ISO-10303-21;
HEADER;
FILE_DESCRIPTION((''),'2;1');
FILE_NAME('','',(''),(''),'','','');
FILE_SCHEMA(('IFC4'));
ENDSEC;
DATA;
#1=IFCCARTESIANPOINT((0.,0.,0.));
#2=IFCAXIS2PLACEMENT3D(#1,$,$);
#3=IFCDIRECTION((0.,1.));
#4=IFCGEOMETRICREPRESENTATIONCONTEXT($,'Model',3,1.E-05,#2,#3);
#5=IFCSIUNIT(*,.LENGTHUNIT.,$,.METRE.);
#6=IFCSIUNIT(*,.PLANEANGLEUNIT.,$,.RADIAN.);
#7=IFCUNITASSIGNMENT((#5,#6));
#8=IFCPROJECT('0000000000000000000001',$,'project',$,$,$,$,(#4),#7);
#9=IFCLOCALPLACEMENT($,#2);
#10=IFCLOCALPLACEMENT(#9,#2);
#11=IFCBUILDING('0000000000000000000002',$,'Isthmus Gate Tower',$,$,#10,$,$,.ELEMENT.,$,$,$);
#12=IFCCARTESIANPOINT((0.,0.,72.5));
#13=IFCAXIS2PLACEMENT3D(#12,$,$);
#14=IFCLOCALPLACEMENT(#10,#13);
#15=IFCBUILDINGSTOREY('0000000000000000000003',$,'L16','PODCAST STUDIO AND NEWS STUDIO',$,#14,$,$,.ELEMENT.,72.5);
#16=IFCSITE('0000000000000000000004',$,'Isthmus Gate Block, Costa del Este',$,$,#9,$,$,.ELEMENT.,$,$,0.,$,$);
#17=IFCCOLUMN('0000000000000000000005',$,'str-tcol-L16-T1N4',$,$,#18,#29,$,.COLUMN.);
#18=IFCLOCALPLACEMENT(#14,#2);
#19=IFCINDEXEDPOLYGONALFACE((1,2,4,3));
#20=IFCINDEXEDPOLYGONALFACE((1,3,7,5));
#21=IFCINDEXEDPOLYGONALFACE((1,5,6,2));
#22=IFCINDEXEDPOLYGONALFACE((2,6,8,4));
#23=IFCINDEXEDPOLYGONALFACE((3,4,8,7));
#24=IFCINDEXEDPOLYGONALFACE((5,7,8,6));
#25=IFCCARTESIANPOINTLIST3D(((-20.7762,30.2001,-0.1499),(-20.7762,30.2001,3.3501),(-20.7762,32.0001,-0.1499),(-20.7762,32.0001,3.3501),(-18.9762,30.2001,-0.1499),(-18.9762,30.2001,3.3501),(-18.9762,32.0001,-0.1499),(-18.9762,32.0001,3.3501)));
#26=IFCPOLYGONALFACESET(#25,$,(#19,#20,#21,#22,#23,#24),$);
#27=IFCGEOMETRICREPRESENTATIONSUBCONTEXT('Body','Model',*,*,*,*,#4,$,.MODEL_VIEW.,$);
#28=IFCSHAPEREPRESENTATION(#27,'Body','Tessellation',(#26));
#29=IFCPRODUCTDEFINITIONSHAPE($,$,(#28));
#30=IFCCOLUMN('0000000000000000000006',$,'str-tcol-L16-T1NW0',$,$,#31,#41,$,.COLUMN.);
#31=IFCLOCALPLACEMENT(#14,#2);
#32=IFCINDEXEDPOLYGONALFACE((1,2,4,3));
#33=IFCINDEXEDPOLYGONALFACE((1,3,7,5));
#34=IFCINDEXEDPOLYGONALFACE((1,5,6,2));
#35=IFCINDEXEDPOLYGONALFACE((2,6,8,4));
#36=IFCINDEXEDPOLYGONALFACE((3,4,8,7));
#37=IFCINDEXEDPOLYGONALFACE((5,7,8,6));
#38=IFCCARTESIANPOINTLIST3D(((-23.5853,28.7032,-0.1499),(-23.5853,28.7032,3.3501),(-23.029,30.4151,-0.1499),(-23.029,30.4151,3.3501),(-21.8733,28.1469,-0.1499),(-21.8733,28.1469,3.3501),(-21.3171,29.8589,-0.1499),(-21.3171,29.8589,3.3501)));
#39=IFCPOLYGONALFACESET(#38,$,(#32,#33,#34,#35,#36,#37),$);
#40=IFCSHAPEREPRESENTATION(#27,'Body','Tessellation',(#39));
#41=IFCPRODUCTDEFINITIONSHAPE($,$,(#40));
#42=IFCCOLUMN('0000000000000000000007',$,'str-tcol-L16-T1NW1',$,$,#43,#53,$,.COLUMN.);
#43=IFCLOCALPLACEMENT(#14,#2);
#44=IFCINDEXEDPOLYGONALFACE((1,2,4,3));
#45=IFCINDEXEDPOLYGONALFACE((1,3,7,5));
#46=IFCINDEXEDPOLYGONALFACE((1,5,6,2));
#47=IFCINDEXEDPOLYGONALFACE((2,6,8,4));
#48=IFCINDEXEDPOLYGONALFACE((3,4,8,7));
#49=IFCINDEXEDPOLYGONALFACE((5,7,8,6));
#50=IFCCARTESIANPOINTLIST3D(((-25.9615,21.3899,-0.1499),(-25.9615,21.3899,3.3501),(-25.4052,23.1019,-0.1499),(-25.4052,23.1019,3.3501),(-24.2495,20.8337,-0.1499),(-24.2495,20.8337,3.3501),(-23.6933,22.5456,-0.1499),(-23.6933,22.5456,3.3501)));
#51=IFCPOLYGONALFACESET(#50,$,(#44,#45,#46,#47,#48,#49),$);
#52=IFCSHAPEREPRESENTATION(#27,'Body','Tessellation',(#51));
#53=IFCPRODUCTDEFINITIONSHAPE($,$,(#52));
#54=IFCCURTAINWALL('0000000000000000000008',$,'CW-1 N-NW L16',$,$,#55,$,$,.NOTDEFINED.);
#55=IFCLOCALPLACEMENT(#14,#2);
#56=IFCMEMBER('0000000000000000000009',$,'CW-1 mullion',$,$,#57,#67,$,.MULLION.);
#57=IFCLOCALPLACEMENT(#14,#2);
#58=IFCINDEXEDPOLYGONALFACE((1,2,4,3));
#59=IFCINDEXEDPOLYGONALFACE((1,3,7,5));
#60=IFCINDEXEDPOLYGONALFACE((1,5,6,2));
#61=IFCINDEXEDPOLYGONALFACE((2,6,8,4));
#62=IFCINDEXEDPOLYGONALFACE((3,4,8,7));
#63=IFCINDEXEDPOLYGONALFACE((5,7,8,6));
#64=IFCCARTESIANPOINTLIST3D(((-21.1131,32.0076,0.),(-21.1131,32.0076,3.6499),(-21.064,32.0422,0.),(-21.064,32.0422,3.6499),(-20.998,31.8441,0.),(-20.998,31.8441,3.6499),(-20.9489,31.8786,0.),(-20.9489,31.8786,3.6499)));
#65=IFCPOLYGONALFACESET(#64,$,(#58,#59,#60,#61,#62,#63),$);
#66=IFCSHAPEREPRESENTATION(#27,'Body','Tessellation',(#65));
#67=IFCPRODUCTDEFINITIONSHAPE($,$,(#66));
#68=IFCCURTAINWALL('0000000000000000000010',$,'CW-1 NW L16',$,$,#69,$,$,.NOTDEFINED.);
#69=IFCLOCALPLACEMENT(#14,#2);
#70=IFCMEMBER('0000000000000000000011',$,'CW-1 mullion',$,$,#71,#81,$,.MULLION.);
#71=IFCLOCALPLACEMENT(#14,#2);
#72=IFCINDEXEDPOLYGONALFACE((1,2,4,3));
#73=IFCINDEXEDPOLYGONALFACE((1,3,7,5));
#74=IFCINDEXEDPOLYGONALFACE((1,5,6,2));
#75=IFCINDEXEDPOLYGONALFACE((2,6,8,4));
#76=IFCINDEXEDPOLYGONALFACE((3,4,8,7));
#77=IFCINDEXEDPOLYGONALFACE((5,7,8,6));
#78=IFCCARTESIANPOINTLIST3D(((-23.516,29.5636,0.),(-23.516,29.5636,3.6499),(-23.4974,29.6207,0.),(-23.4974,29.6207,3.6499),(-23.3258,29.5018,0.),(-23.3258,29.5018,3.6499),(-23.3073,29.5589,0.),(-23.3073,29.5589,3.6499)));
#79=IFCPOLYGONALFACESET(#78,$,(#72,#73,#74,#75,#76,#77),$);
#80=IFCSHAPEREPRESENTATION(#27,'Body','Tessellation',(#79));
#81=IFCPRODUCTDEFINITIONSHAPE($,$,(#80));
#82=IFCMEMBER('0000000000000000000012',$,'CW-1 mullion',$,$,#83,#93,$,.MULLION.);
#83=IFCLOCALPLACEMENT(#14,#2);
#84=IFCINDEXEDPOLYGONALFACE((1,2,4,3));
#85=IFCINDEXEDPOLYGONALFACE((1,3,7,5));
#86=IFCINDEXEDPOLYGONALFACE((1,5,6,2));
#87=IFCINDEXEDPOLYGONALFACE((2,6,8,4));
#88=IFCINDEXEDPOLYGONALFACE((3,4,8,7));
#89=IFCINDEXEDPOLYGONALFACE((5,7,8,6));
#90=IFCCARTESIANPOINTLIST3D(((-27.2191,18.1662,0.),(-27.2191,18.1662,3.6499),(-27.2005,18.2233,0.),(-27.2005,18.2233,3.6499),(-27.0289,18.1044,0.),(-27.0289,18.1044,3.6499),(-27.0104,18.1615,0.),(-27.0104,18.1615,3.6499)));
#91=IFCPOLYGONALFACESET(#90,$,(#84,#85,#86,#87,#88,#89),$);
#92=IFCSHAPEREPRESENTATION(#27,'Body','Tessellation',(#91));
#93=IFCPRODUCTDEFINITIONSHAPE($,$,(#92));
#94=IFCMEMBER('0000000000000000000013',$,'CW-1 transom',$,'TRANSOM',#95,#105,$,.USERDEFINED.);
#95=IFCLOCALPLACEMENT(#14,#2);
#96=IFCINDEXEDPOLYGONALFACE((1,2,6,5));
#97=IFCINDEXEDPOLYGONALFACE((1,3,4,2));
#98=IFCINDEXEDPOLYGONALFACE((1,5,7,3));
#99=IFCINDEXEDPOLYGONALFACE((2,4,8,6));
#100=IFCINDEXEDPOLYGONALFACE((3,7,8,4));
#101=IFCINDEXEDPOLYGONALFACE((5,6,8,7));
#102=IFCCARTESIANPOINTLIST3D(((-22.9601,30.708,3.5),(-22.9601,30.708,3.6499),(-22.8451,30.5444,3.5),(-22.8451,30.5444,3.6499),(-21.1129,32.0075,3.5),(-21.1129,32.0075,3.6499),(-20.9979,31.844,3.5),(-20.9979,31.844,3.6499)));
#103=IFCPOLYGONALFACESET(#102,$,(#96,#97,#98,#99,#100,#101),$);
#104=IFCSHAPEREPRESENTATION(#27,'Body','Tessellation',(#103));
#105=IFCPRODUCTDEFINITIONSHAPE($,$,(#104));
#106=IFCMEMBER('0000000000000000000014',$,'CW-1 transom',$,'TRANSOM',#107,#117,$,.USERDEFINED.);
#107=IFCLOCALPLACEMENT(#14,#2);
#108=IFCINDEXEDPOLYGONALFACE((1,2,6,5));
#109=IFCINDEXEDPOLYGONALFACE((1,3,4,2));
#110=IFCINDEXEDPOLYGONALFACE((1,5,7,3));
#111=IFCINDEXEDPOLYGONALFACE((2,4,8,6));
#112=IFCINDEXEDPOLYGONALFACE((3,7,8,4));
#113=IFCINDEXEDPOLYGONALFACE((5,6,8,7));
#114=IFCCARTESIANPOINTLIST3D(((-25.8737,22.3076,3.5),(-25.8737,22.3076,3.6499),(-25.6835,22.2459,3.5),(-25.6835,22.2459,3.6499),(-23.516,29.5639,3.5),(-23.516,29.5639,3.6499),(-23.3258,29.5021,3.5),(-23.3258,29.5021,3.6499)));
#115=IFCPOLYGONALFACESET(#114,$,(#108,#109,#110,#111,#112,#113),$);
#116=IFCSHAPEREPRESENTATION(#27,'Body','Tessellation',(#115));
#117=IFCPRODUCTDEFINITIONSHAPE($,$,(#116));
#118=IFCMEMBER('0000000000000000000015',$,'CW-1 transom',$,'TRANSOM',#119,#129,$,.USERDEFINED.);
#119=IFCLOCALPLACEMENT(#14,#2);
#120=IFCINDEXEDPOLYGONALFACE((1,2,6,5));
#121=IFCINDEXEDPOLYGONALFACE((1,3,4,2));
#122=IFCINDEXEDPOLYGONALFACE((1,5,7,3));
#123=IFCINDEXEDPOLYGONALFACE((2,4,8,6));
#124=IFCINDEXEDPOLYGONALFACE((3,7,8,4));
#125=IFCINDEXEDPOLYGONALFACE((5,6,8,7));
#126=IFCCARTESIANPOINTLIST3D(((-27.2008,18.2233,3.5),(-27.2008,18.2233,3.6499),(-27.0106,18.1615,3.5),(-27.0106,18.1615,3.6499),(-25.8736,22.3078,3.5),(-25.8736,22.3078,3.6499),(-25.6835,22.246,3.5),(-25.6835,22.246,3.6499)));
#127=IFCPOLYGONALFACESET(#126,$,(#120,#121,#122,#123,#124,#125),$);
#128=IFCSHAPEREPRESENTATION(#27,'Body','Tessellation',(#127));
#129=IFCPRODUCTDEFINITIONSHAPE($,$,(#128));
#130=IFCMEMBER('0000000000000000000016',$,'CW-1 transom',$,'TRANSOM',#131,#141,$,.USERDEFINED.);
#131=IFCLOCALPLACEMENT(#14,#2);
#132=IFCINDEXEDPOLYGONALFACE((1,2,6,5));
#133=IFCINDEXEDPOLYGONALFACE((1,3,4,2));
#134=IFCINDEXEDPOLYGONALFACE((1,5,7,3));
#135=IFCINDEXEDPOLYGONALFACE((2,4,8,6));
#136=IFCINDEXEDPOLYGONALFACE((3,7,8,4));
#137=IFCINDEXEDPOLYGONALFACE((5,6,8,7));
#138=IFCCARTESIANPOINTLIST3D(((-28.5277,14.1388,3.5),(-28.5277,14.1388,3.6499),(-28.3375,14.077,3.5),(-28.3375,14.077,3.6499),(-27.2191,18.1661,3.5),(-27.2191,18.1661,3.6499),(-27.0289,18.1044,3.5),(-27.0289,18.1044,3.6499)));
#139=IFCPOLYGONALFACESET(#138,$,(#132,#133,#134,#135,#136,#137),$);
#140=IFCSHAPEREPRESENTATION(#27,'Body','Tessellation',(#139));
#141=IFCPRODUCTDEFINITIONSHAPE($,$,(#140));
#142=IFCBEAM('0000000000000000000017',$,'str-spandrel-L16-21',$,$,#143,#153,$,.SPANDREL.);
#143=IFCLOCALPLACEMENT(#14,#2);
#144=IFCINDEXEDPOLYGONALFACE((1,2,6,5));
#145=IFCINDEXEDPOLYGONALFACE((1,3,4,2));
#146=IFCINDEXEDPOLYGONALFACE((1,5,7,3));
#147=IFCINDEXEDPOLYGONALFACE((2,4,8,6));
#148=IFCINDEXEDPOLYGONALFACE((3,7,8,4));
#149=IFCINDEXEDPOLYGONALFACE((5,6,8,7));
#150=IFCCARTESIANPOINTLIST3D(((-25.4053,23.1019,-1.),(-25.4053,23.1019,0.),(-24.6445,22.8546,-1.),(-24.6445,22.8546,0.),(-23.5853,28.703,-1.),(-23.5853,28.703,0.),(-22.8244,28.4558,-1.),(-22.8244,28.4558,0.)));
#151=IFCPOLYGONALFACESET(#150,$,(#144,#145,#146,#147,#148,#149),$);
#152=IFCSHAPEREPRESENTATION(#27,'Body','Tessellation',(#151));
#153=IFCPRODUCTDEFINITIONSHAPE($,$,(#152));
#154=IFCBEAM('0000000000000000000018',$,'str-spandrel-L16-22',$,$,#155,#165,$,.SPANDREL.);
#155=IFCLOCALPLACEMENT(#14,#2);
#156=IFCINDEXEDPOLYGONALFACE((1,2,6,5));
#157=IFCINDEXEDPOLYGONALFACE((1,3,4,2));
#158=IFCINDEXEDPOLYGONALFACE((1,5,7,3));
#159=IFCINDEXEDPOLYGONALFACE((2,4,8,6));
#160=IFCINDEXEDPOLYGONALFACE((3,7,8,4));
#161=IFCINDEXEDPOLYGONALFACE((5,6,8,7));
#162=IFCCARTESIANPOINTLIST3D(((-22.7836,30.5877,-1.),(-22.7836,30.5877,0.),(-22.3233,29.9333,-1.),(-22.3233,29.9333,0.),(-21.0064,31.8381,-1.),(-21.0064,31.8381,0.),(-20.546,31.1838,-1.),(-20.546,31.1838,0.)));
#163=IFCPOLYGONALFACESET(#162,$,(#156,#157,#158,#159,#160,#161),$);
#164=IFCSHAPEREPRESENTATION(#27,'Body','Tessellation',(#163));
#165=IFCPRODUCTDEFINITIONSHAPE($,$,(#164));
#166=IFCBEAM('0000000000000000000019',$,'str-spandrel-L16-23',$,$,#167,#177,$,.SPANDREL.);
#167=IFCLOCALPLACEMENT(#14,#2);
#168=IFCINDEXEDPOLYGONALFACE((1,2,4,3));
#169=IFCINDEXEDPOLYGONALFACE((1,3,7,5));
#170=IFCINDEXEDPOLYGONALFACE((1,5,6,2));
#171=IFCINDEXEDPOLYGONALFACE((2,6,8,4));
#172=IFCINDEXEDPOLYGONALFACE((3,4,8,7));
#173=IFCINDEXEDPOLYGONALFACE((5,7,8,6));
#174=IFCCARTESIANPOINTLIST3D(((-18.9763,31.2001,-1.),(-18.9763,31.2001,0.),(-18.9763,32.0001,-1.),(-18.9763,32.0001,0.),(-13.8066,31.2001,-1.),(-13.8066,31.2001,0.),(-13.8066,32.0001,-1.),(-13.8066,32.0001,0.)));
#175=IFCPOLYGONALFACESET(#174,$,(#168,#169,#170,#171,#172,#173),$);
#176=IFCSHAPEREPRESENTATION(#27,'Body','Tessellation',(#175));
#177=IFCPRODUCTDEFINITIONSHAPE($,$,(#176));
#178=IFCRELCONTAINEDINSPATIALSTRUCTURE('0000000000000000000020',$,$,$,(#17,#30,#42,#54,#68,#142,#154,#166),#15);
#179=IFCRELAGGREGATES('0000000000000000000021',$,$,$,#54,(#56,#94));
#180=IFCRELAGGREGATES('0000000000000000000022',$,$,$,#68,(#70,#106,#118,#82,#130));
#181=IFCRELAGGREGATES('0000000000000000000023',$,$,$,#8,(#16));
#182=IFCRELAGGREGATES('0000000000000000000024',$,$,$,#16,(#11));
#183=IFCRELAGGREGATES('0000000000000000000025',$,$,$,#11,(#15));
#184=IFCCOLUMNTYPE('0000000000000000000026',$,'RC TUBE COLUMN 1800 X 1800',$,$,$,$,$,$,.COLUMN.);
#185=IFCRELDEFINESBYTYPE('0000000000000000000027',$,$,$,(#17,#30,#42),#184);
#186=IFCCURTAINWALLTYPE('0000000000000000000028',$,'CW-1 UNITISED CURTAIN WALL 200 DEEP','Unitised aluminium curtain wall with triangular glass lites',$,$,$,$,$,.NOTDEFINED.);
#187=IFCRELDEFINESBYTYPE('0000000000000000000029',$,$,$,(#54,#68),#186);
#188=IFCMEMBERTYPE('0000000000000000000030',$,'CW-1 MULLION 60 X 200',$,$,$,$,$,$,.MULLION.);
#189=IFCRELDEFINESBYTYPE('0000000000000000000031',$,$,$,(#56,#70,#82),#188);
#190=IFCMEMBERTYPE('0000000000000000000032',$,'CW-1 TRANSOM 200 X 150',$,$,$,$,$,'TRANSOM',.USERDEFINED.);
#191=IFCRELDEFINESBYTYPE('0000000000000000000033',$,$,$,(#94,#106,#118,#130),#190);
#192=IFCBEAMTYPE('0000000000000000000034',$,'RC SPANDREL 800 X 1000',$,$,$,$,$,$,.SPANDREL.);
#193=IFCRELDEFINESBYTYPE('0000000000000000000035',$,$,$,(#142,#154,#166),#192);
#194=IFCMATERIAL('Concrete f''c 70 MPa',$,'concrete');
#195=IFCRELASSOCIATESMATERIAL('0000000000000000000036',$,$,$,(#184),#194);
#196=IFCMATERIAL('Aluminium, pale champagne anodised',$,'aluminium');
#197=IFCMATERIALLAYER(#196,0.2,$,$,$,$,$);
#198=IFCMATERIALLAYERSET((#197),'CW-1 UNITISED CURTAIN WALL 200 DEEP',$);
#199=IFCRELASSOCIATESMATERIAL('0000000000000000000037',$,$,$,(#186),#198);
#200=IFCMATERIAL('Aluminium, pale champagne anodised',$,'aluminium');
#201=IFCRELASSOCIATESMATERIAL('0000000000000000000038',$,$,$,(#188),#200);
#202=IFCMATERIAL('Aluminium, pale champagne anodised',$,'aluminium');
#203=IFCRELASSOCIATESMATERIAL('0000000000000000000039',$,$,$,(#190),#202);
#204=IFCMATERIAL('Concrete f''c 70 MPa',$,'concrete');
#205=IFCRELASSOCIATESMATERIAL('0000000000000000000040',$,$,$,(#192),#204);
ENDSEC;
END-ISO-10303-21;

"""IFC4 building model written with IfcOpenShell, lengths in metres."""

from ifc_helpers import new_model, si_unit, direction, frame, origin, origin_2d, place, context, subcontext, project, spatial, rectangle, extrude, material, layer, layer_set, material_profile, profile_set, type_object, element, aggregate, save


model = new_model("IFC4")

# Units and contexts
model_context = context("Model", 3, precision=1e-05, world=origin(), true_north=direction((0.0, 1.0)))
body_context = subcontext(model_context, "Body", "Model", "MODEL_VIEW")
ifc_project = project(units=[si_unit("LENGTHUNIT", "METRE"), si_unit("PLANEANGLEUNIT", "RADIAN")], contexts=[model_context])

# Site, building, storey
site_placement = place(None, origin())
site = spatial("IfcSite", under=ifc_project, at=site_placement, Name="Isthmus Gate Block, Costa del Este", CompositionType="ELEMENT", RefElevation=0.0)
building_placement = place(site_placement, origin())
building = spatial("IfcBuilding", under=site, at=building_placement, Name="Isthmus Gate Tower", CompositionType="ELEMENT")
storey_placement = place(building_placement, frame((0.0, 0.0, 72.5)))
storey = spatial("IfcBuildingStorey", under=building, at=storey_placement, Name="L16", Description="PODCAST STUDIO AND NEWS STUDIO", CompositionType="ELEMENT", Elevation=72.5)

# Columns
ifc_material_1 = material(Name="Concrete f'c 70 MPa", Category="concrete")
ifc_material_profile_1 = material_profile(ifc_material_1, rectangle(XDim=1.8, YDim=1.8, at=origin_2d()), Name="RC 1800X1800")
ifc_profile_set_1 = profile_set([ifc_material_profile_1], Name="Concrete f'c 70 MPa")
column_type = type_object("IfcColumnType", Name="RC TUBE COLUMN 1800 X 1800", PredefinedType="COLUMN", material=ifc_profile_set_1)
for number, where, z_axis, x_axis, name in (
    (1, (-19.8762, 31.1001, -0.1499), (0.0, 0.0, 1.0), (-1.0, 0.0, 0.0), "str-tcol-L16-T1N4"),
    (2, (-22.4512, 29.281, -0.1499), (0.0, 0.0, 1.0), (-0.309017, -0.951057, 0.0), "str-tcol-L16-T1NW0"),
    (3, (-24.8274, 21.9678, -0.1499), (0.0, 0.0, 1.0), (-0.309017, -0.951057, 0.0), "str-tcol-L16-T1NW1"),
):
    element("IfcColumn", number, at=place(storey_placement, frame(where, z_axis=z_axis, x_axis=x_axis)), inside=storey, type_object=column_type, Name=name, PredefinedType="COLUMN", context=body_context, shape_type="SweptSolid", body=[
        extrude(rectangle(XDim=1.8, YDim=1.8, at=origin_2d()), origin(), (0.0, 0.0, 1.0), 3.5),
    ])

# Curtain wall, member
ifc_material_2 = material(Name="Aluminium, pale champagne anodised", Category="aluminium")
ifc_layer_1 = layer(ifc_material_2, 0.2)
ifc_layer_set_1 = layer_set([ifc_layer_1], Name="CW-1 UNITISED CURTAIN WALL 200 DEEP")
curtain_wall_type = type_object("IfcCurtainWallType", Name="CW-1 UNITISED CURTAIN WALL 200 DEEP", Description="Unitised aluminium curtain wall with triangular glass lites", PredefinedType="NOTDEFINED", material=ifc_layer_set_1)
curtain_wall_1_placement = place(storey_placement, origin())
curtain_wall_1 = element("IfcCurtainWall", 4, at=curtain_wall_1_placement, inside=storey, type_object=curtain_wall_type, Name="CW-1 N-NW L16", PredefinedType="NOTDEFINED")
ifc_material_3 = material(Name="Aluminium, pale champagne anodised", Category="aluminium")
ifc_material_profile_2 = material_profile(ifc_material_3, rectangle(XDim=0.0601, YDim=0.2, at=origin_2d()), Name="60x200")
ifc_profile_set_2 = profile_set([ifc_material_profile_2], Name="Aluminium, pale champagne anodised")
member_type_1 = type_object("IfcMemberType", Name="CW-1 MULLION 60 X 200", PredefinedType="MULLION", material=ifc_profile_set_2)
member_1_placement = place(storey_placement, frame((-21.031, 31.9431, 0.0), z_axis=(0.0, 0.0, 1.0), x_axis=(-0.81786, -0.575418, 0.0)))
member_1 = element("IfcMember", 5, at=member_1_placement, type_object=member_type_1, Name="CW-1 mullion", PredefinedType="MULLION", context=body_context, shape_type="SweptSolid", body=[
    extrude(rectangle(XDim=0.0601, YDim=0.2, at=origin_2d()), origin(), (0.0, 0.0, 1.0), 3.6499),
])

# Curtain wall, members
curtain_wall_2_placement = place(storey_placement, origin())
curtain_wall_2 = element("IfcCurtainWall", 6, at=curtain_wall_2_placement, inside=storey, type_object=curtain_wall_type, Name="CW-1 NW L16", PredefinedType="NOTDEFINED")
member_2_placement = place(storey_placement, frame((-23.4116, 29.5613, 0.0), z_axis=(0.0, 0.0, 1.0), x_axis=(-0.309017, -0.951057, 0.0)))
member_2 = element("IfcMember", 7, at=member_2_placement, type_object=member_type_1, Name="CW-1 mullion", PredefinedType="MULLION", context=body_context, shape_type="SweptSolid", body=[
    extrude(rectangle(XDim=0.0601, YDim=0.2, at=origin_2d()), origin(), (0.0, 0.0, 1.0), 3.6499),
])
member_3_placement = place(storey_placement, frame((-27.1147, 18.1638, 0.0), z_axis=(0.0, 0.0, 1.0), x_axis=(-0.309017, -0.951057, 0.0)))
member_3 = element("IfcMember", 8, at=member_3_placement, type_object=member_type_1, Name="CW-1 mullion", PredefinedType="MULLION", context=body_context, shape_type="SweptSolid", body=[
    extrude(rectangle(XDim=0.0601, YDim=0.2, at=origin_2d()), origin(), (0.0, 0.0, 1.0), 3.6499),
])

# Members
ifc_material_4 = material(Name="Aluminium, pale champagne anodised", Category="aluminium")
ifc_material_profile_3 = material_profile(ifc_material_4, rectangle(XDim=0.2, YDim=0.1499, at=origin_2d()), Name="200x150")
ifc_profile_set_3 = profile_set([ifc_material_profile_3], Name="Aluminium, pale champagne anodised")
member_type_2 = type_object("IfcMemberType", Name="CW-1 TRANSOM 200 X 150", ElementType="TRANSOM", PredefinedType="USERDEFINED", material=ifc_profile_set_3)
member_4_placement = place(storey_placement, frame((-21.0554, 31.9258, 3.575), z_axis=(-0.817869, -0.575405, 0.0), x_axis=(0.575405, -0.817869, 0.0)))
member_4 = element("IfcMember", 9, at=member_4_placement, type_object=member_type_2, Name="CW-1 transom", ObjectType="TRANSOM", PredefinedType="USERDEFINED", context=body_context, shape_type="SweptSolid", body=[
    extrude(rectangle(XDim=0.2, YDim=0.1499, at=origin_2d()), origin(), (0.0, 0.0, 1.0), 2.2585),
])
member_5_placement = place(storey_placement, frame((-23.4209, 29.533, 3.575), z_axis=(-0.309019, -0.951056, 0.0), x_axis=(0.951056, -0.309019, 0.0)))
member_5 = element("IfcMember", 10, at=member_5_placement, type_object=member_type_2, Name="CW-1 transom", ObjectType="TRANSOM", PredefinedType="USERDEFINED", context=body_context, shape_type="SweptSolid", body=[
    extrude(rectangle(XDim=0.2, YDim=0.1499, at=origin_2d()), origin(), (0.0, 0.0, 1.0), 7.6296),
])
member_6_placement = place(storey_placement, frame((-25.7786, 22.2769, 3.575), z_axis=(-0.309022, -0.951055, 0.0), x_axis=(0.951055, -0.309022, 0.0)))
member_6 = element("IfcMember", 11, at=member_6_placement, type_object=member_type_2, Name="CW-1 transom", ObjectType="TRANSOM", PredefinedType="USERDEFINED", context=body_context, shape_type="SweptSolid", body=[
    extrude(rectangle(XDim=0.2, YDim=0.1499, at=origin_2d()), origin(), (0.0, 0.0, 1.0), 4.2947),
])
member_7_placement = place(storey_placement, frame((-27.124, 18.1353, 3.575), z_axis=(-0.309023, -0.951054, 0.0), x_axis=(0.951054, -0.309023, 0.0)))
member_7 = element("IfcMember", 12, at=member_7_placement, type_object=member_type_2, Name="CW-1 transom", ObjectType="TRANSOM", PredefinedType="USERDEFINED", context=body_context, shape_type="SweptSolid", body=[
    extrude(rectangle(XDim=0.2, YDim=0.1499, at=origin_2d()), origin(), (0.0, 0.0, 1.0), 4.2346),
])

# Beams
ifc_material_5 = material(Name="Concrete f'c 70 MPa", Category="concrete")
ifc_material_profile_4 = material_profile(ifc_material_5, rectangle(XDim=0.8, YDim=1.0, at=origin_2d()), Name="RC 800X1000")
ifc_profile_set_4 = profile_set([ifc_material_profile_4], Name="Concrete f'c 70 MPa")
beam_type_1 = type_object("IfcBeamType", Name="RC SPANDREL 800 X 1000", PredefinedType="SPANDREL", material=ifc_profile_set_4)
beam_1_placement = place(storey_placement, frame((-25.0249, 22.9783, -0.5), z_axis=(0.309043, 0.951048, 0.0), x_axis=(-0.951048, 0.309043, 0.0)))
element("IfcBeam", 13, at=beam_1_placement, inside=storey, type_object=beam_type_1, Name="str-spandrel-L16-21", PredefinedType="SPANDREL", context=body_context, shape_type="SweptSolid", body=[
    extrude(rectangle(XDim=0.8, YDim=1.0, at=origin_2d()), origin(), (0.0, 0.0, 1.0), 5.8894),
])
beam_2_placement = place(storey_placement, frame((-22.5535, 30.2605, -0.5), z_axis=(0.817857, 0.575421, 0.0), x_axis=(-0.575421, 0.817857, 0.0)))
element("IfcBeam", 14, at=beam_2_placement, inside=storey, type_object=beam_type_1, Name="str-spandrel-L16-22", PredefinedType="SPANDREL", context=body_context, shape_type="SweptSolid", body=[
    extrude(rectangle(XDim=0.8, YDim=1.0, at=origin_2d()), origin(), (0.0, 0.0, 1.0), 2.1731),
])
beam_3_placement = place(storey_placement, frame((-18.9763, 31.6001, -0.5), z_axis=(1.0, 0.0, 0.0), x_axis=(0.0, 1.0, 0.0)))
element("IfcBeam", 15, at=beam_3_placement, inside=storey, type_object=beam_type_1, Name="str-spandrel-L16-23", PredefinedType="SPANDREL", context=body_context, shape_type="SweptSolid", body=[
    extrude(rectangle(XDim=0.8, YDim=1.0, at=origin_2d()), origin(), (0.0, 0.0, 1.0), 5.1697),
])

aggregate(curtain_wall_1, [member_1, member_4])

aggregate(curtain_wall_2, [member_2, member_5, member_6, member_3, member_7])

save(model, "model.ifc")
